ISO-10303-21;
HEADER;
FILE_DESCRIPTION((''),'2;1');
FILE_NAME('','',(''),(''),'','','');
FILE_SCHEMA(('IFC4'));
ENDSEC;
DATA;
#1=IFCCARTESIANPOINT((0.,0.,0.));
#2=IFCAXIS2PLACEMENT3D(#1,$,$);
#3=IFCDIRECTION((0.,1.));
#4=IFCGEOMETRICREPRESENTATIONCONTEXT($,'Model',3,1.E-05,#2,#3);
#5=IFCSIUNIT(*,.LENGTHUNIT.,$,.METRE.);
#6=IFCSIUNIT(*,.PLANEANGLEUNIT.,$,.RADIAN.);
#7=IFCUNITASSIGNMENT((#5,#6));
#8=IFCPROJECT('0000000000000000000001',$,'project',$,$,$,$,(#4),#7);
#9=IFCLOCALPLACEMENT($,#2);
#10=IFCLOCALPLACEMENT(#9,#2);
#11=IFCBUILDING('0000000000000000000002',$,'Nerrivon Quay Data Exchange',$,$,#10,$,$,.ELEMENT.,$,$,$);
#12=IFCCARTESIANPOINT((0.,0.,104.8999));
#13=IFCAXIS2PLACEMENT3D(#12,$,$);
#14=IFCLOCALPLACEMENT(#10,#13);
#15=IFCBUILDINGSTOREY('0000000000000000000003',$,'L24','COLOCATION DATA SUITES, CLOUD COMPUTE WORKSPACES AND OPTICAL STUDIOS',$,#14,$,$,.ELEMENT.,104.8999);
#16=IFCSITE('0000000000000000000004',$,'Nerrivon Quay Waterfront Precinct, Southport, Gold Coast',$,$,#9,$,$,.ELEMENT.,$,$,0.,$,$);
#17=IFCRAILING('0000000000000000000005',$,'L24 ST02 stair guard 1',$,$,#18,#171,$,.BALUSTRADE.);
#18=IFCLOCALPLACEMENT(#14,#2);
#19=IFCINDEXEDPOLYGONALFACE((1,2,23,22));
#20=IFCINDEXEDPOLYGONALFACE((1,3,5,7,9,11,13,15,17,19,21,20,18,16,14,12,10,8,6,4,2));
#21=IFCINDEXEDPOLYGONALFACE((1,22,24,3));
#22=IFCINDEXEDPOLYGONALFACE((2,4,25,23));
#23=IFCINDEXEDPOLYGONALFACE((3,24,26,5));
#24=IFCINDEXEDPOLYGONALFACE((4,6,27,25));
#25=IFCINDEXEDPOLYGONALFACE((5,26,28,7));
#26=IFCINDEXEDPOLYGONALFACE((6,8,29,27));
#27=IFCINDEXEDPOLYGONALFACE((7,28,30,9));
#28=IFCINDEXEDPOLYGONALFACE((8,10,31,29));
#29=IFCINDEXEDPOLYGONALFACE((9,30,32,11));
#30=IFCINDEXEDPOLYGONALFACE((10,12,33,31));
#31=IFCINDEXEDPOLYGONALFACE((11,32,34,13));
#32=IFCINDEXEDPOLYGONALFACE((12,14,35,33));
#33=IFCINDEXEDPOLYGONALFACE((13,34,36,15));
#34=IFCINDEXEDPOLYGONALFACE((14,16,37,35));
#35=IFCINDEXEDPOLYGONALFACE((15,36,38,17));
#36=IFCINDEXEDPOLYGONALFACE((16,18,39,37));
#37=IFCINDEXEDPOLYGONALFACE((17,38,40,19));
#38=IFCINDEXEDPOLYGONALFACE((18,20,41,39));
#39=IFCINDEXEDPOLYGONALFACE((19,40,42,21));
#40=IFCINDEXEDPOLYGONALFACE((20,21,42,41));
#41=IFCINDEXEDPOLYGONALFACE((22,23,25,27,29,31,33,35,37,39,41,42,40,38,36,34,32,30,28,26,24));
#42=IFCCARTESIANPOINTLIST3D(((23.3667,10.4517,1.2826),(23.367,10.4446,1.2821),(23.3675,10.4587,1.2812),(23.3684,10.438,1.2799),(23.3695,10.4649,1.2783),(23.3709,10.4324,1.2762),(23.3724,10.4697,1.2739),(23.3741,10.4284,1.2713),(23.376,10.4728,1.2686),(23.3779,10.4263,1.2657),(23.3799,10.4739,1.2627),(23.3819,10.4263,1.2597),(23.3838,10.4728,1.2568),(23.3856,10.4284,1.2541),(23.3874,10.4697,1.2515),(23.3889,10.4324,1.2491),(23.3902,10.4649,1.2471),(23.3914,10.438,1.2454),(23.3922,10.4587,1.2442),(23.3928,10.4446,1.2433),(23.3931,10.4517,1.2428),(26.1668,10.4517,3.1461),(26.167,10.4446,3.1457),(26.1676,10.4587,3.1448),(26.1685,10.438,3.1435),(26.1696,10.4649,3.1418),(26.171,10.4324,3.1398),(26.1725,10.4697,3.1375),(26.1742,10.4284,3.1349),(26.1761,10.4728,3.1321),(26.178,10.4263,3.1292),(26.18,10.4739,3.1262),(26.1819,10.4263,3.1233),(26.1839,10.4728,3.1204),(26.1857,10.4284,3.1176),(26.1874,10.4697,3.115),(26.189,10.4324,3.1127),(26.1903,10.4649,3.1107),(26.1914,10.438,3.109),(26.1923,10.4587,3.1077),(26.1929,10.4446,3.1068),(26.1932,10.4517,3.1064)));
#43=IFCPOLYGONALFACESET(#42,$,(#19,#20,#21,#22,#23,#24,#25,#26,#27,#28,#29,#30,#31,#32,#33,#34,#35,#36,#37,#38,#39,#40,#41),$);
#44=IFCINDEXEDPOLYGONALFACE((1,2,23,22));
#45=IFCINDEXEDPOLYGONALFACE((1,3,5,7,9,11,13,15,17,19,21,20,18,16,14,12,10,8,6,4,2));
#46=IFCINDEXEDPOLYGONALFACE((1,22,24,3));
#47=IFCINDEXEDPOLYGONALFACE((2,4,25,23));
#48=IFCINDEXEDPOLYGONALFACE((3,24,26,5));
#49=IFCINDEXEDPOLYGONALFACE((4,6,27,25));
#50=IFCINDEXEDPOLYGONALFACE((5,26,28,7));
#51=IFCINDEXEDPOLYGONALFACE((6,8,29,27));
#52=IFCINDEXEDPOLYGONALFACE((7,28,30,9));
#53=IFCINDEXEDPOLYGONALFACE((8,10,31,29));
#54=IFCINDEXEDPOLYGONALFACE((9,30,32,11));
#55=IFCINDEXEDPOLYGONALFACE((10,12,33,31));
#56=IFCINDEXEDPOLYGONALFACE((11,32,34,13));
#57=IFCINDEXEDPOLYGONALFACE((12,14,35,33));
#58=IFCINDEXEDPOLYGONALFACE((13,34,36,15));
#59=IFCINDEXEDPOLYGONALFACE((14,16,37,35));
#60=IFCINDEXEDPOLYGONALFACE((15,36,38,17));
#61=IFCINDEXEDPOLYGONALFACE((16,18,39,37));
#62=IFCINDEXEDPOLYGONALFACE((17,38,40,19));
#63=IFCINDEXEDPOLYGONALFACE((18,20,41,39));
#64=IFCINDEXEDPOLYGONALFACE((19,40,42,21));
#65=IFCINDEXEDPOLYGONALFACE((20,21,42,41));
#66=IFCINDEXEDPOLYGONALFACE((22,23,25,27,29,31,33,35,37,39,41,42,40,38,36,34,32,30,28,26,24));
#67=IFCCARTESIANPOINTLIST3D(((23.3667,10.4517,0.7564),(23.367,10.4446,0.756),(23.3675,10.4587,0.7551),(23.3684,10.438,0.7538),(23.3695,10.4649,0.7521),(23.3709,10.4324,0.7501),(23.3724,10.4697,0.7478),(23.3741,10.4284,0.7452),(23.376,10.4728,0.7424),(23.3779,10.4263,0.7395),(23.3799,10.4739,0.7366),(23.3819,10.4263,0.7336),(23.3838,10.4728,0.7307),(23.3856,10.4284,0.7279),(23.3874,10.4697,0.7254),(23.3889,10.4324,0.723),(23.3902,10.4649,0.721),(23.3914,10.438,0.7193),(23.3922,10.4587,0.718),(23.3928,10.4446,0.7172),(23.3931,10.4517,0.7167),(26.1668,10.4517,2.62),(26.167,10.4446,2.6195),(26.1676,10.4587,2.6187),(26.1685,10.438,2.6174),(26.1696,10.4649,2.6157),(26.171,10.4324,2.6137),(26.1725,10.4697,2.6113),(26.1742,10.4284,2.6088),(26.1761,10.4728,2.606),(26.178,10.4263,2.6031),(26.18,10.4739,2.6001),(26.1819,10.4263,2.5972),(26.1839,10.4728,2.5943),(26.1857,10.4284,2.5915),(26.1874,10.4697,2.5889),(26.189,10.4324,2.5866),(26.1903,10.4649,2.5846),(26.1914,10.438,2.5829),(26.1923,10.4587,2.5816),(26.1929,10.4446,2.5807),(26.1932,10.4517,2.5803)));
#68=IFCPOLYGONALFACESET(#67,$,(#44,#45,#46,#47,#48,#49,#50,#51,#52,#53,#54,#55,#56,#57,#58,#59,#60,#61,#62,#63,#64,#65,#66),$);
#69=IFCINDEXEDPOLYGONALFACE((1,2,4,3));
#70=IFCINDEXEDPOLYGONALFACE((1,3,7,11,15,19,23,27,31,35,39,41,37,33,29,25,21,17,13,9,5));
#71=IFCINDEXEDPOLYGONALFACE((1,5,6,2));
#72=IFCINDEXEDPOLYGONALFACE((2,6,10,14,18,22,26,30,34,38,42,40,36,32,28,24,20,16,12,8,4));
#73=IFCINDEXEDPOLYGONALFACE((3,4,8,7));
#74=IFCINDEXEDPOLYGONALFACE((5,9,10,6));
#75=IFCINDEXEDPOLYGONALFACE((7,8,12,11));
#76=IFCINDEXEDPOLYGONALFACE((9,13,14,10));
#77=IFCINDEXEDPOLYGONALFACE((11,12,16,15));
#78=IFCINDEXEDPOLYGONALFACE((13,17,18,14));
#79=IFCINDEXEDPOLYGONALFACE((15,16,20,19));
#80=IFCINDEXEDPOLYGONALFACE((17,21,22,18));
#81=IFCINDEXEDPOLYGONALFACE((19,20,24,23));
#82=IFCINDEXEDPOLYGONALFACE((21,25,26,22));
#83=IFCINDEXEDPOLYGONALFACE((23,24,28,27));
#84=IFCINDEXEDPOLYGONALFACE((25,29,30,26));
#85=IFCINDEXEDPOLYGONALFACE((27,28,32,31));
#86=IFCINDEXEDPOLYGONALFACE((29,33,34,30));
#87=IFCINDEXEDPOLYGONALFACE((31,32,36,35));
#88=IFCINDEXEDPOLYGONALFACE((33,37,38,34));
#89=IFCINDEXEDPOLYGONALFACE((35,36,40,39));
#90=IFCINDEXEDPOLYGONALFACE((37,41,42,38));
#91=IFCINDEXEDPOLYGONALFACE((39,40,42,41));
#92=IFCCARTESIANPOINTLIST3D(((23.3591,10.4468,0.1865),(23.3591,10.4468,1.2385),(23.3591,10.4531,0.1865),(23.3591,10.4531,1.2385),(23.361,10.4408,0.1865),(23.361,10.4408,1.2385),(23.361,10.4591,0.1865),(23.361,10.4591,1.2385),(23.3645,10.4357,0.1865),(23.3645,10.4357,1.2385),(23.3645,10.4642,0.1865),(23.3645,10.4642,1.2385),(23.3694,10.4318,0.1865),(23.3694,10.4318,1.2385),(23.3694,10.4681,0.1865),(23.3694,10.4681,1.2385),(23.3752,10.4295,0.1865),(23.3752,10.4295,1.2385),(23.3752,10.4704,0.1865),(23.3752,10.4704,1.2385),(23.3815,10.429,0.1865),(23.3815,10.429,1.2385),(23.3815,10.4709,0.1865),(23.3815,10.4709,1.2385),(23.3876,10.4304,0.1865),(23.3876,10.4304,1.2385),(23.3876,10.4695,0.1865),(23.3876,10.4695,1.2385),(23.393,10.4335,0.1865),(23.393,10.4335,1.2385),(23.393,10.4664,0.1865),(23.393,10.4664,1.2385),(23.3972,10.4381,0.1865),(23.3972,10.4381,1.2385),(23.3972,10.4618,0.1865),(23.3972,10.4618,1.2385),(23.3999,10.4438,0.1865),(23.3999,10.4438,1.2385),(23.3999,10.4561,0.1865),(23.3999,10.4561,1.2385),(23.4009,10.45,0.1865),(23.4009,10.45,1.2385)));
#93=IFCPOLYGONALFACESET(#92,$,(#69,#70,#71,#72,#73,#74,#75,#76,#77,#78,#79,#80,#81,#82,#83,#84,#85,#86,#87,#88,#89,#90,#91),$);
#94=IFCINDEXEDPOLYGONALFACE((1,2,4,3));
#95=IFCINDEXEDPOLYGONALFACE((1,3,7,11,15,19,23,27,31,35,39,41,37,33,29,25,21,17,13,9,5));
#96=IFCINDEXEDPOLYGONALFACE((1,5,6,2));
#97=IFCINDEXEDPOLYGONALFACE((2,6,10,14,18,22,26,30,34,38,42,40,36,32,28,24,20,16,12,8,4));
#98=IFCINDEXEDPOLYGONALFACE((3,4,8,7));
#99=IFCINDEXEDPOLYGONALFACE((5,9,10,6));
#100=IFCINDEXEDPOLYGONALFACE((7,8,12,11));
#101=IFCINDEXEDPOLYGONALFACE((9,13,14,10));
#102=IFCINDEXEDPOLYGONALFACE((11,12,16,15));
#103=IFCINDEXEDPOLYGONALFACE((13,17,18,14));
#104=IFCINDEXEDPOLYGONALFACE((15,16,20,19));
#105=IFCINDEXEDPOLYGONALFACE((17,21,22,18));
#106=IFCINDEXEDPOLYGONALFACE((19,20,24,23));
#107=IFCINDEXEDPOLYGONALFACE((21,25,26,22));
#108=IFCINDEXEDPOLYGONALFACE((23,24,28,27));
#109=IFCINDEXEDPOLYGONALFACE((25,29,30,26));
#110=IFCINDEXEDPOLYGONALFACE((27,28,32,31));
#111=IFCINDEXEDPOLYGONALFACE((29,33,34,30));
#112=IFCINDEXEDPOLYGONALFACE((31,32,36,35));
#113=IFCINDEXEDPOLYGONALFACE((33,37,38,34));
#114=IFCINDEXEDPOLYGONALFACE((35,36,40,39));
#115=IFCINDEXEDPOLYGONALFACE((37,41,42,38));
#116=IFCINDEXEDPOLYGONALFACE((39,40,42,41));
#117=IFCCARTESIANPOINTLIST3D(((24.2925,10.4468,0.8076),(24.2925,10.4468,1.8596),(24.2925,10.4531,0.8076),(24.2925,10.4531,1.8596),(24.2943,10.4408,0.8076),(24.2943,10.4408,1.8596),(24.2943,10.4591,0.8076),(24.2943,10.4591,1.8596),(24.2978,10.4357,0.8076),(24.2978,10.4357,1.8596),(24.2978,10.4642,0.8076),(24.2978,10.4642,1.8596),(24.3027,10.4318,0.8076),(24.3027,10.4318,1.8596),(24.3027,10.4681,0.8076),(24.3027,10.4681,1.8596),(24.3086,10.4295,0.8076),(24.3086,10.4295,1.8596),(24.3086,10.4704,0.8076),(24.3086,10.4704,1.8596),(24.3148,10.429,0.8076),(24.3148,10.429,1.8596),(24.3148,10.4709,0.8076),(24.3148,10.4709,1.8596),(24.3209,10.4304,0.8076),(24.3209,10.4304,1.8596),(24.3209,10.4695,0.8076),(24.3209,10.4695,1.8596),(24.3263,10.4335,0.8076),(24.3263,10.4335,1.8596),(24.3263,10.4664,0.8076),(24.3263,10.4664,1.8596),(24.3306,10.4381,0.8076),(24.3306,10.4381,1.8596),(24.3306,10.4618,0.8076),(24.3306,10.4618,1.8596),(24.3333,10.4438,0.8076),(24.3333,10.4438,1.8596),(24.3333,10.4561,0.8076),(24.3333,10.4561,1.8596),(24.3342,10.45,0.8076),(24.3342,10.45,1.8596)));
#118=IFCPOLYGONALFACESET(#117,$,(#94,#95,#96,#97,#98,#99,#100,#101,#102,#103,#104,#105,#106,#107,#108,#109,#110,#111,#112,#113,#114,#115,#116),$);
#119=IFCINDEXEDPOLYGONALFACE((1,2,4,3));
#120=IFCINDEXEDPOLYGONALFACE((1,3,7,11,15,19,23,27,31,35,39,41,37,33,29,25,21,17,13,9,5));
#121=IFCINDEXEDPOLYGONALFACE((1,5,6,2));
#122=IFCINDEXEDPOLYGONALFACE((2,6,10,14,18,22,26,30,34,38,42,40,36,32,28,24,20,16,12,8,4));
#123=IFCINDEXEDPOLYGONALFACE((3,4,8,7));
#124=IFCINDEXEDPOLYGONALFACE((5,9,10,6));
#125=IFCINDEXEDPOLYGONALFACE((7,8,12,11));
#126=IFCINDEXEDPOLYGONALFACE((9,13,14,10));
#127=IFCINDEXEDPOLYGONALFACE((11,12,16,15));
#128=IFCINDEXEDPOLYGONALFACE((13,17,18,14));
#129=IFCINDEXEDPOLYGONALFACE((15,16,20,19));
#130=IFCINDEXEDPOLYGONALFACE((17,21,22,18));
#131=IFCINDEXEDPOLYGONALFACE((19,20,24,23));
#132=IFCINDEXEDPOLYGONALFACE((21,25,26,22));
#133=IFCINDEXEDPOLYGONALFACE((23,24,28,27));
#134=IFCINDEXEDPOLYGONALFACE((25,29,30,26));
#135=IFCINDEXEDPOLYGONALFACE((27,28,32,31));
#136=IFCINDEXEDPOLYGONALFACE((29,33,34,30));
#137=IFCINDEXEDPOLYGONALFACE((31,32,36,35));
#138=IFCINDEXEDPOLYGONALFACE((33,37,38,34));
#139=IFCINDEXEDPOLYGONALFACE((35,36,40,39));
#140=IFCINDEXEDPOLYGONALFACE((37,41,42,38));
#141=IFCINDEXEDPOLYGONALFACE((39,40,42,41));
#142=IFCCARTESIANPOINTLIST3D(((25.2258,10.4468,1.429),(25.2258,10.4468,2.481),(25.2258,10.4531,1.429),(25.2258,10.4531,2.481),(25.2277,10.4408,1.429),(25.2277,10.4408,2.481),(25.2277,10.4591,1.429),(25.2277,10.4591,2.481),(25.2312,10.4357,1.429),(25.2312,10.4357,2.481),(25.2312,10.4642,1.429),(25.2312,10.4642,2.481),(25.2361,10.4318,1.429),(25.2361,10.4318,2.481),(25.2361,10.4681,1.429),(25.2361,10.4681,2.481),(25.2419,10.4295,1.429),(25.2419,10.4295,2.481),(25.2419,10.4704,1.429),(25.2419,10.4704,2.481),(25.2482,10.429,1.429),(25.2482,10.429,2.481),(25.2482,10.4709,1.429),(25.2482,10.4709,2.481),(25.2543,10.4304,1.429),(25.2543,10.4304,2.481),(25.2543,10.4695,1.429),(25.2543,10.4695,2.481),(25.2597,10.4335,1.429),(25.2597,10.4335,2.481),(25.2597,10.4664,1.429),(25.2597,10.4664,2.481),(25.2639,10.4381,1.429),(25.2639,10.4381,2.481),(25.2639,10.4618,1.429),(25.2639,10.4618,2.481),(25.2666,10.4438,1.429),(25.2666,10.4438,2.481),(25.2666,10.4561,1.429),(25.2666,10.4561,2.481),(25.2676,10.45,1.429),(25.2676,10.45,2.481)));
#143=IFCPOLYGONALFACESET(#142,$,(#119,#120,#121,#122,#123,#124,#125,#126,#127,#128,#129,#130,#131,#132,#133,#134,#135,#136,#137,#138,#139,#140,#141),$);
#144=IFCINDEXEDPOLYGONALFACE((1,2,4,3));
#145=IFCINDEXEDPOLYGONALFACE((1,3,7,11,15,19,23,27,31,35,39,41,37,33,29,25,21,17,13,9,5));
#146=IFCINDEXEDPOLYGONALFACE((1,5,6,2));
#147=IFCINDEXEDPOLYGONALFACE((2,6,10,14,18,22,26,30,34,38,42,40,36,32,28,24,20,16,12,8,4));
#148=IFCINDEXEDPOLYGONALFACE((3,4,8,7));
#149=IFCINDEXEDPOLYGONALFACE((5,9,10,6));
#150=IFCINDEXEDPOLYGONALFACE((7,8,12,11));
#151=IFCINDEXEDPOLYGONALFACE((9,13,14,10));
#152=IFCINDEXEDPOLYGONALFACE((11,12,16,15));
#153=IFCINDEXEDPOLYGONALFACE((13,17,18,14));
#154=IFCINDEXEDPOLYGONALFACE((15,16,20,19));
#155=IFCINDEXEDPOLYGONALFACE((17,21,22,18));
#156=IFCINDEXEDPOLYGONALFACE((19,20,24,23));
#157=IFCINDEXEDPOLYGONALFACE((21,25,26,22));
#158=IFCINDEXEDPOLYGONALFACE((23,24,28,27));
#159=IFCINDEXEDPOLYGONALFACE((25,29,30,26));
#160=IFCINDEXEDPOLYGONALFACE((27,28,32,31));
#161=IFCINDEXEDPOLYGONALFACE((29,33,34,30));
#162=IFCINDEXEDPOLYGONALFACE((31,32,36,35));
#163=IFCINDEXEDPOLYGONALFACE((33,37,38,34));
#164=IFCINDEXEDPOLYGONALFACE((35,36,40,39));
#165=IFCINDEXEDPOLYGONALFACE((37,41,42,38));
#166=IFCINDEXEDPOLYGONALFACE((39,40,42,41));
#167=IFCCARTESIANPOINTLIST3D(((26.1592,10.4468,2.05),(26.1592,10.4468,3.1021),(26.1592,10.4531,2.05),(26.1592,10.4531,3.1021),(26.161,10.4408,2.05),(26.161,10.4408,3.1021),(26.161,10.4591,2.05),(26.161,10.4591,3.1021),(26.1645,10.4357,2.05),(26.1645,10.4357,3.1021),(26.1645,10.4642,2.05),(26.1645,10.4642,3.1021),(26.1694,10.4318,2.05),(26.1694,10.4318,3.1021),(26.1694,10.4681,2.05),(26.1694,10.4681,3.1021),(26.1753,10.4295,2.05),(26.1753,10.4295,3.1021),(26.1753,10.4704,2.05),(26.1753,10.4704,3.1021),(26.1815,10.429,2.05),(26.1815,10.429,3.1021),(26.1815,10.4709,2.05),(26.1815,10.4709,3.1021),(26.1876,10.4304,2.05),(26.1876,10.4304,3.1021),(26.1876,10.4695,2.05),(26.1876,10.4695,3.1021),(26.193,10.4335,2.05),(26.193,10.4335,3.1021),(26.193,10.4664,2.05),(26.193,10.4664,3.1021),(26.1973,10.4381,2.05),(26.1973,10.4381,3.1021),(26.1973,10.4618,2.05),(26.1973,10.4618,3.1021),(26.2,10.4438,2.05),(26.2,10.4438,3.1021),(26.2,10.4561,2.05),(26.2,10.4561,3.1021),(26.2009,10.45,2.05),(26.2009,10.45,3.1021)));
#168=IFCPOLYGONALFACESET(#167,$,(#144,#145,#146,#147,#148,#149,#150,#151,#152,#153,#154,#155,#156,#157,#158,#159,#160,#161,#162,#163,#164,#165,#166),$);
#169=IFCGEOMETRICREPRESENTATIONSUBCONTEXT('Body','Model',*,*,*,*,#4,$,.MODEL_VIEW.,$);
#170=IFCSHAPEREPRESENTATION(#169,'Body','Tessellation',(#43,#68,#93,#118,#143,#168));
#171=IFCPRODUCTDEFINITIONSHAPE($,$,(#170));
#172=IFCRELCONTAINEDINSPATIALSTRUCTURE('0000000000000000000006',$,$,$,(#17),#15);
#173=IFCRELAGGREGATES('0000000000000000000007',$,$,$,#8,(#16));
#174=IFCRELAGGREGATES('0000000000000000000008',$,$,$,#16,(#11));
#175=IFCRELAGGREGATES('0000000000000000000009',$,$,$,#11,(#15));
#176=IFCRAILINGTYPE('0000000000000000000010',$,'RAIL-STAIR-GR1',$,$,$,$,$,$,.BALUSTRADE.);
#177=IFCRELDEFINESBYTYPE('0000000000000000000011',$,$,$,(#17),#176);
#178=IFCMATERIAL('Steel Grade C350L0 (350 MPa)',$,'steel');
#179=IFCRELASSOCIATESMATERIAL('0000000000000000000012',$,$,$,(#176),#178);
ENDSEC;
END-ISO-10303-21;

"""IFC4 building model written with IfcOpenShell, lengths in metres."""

from ifc_helpers import new_model, si_unit, direction, frame, origin, origin_2d, place, context, subcontext, project, spatial, circle, extrude, material, type_object, element, save


model = new_model("IFC4")

# Units and contexts
model_context = context("Model", 3, precision=1e-05, world=origin(), true_north=direction((0.0, 1.0)))
body_context = subcontext(model_context, "Body", "Model", "MODEL_VIEW")
ifc_project = project(units=[si_unit("LENGTHUNIT", "METRE"), si_unit("PLANEANGLEUNIT", "RADIAN")], contexts=[model_context])

# Site, building, storey
site_placement = place(None, origin())
site = spatial("IfcSite", under=ifc_project, at=site_placement, Name="Nerrivon Quay Waterfront Precinct, Southport, Gold Coast", CompositionType="ELEMENT", RefElevation=0.0)
building_placement = place(site_placement, origin())
building = spatial("IfcBuilding", under=site, at=building_placement, Name="Nerrivon Quay Data Exchange", CompositionType="ELEMENT")
storey_placement = place(building_placement, frame((0.0, 0.0, 104.8999)))
storey = spatial("IfcBuildingStorey", under=building, at=storey_placement, Name="L24", Description="COLOCATION DATA SUITES, CLOUD COMPUTE WORKSPACES AND OPTICAL STUDIOS", CompositionType="ELEMENT", Elevation=104.8999)

# Railing
ifc_material_1 = material(Name="Steel Grade C350L0 (350 MPa)", Category="steel")
railing_type_1 = type_object("IfcRailingType", Name="RAIL-STAIR-GR1", PredefinedType="BALUSTRADE", material=ifc_material_1)
railing_1_placement = place(storey_placement, frame((23.3799, 10.45, 0.1865)))
element("IfcRailing", 1, at=railing_1_placement, inside=storey, type_object=railing_type_1, Name="L24 ST02 stair guard 1", PredefinedType="BALUSTRADE", context=body_context, shape_type="SweptSolid", body=[
    extrude(circle(Radius=0.0239, at=origin_2d()), frame((0.0, 0.0, 1.0762), z_axis=(0.832486, 0.0, 0.554047), x_axis=(0.0, 1.0, 0.0)), (0.0, 0.0, 1.0), 3.3635),
    extrude(circle(Radius=0.0239, at=origin_2d()), frame((0.0, 0.0, 0.55), z_axis=(0.832486, 0.0, 0.554047), x_axis=(0.0, 1.0, 0.0)), (0.0, 0.0, 1.0), 3.3635),
    extrude(circle(Radius=0.021, at=origin_2d()), origin(), (0.0, 0.0, 1.0), 1.052),
    extrude(circle(Radius=0.021, at=origin_2d()), frame((0.9333, 0.0, 0.6211)), (0.0, 0.0, 1.0), 1.052),
    extrude(circle(Radius=0.021, at=origin_2d()), frame((1.8667, 0.0, 1.2424)), (0.0, 0.0, 1.0), 1.052),
    extrude(circle(Radius=0.021, at=origin_2d()), frame((2.8, 0.0, 1.8635)), (0.0, 0.0, 1.0), 1.052),
])

save(model, "model.ifc")
